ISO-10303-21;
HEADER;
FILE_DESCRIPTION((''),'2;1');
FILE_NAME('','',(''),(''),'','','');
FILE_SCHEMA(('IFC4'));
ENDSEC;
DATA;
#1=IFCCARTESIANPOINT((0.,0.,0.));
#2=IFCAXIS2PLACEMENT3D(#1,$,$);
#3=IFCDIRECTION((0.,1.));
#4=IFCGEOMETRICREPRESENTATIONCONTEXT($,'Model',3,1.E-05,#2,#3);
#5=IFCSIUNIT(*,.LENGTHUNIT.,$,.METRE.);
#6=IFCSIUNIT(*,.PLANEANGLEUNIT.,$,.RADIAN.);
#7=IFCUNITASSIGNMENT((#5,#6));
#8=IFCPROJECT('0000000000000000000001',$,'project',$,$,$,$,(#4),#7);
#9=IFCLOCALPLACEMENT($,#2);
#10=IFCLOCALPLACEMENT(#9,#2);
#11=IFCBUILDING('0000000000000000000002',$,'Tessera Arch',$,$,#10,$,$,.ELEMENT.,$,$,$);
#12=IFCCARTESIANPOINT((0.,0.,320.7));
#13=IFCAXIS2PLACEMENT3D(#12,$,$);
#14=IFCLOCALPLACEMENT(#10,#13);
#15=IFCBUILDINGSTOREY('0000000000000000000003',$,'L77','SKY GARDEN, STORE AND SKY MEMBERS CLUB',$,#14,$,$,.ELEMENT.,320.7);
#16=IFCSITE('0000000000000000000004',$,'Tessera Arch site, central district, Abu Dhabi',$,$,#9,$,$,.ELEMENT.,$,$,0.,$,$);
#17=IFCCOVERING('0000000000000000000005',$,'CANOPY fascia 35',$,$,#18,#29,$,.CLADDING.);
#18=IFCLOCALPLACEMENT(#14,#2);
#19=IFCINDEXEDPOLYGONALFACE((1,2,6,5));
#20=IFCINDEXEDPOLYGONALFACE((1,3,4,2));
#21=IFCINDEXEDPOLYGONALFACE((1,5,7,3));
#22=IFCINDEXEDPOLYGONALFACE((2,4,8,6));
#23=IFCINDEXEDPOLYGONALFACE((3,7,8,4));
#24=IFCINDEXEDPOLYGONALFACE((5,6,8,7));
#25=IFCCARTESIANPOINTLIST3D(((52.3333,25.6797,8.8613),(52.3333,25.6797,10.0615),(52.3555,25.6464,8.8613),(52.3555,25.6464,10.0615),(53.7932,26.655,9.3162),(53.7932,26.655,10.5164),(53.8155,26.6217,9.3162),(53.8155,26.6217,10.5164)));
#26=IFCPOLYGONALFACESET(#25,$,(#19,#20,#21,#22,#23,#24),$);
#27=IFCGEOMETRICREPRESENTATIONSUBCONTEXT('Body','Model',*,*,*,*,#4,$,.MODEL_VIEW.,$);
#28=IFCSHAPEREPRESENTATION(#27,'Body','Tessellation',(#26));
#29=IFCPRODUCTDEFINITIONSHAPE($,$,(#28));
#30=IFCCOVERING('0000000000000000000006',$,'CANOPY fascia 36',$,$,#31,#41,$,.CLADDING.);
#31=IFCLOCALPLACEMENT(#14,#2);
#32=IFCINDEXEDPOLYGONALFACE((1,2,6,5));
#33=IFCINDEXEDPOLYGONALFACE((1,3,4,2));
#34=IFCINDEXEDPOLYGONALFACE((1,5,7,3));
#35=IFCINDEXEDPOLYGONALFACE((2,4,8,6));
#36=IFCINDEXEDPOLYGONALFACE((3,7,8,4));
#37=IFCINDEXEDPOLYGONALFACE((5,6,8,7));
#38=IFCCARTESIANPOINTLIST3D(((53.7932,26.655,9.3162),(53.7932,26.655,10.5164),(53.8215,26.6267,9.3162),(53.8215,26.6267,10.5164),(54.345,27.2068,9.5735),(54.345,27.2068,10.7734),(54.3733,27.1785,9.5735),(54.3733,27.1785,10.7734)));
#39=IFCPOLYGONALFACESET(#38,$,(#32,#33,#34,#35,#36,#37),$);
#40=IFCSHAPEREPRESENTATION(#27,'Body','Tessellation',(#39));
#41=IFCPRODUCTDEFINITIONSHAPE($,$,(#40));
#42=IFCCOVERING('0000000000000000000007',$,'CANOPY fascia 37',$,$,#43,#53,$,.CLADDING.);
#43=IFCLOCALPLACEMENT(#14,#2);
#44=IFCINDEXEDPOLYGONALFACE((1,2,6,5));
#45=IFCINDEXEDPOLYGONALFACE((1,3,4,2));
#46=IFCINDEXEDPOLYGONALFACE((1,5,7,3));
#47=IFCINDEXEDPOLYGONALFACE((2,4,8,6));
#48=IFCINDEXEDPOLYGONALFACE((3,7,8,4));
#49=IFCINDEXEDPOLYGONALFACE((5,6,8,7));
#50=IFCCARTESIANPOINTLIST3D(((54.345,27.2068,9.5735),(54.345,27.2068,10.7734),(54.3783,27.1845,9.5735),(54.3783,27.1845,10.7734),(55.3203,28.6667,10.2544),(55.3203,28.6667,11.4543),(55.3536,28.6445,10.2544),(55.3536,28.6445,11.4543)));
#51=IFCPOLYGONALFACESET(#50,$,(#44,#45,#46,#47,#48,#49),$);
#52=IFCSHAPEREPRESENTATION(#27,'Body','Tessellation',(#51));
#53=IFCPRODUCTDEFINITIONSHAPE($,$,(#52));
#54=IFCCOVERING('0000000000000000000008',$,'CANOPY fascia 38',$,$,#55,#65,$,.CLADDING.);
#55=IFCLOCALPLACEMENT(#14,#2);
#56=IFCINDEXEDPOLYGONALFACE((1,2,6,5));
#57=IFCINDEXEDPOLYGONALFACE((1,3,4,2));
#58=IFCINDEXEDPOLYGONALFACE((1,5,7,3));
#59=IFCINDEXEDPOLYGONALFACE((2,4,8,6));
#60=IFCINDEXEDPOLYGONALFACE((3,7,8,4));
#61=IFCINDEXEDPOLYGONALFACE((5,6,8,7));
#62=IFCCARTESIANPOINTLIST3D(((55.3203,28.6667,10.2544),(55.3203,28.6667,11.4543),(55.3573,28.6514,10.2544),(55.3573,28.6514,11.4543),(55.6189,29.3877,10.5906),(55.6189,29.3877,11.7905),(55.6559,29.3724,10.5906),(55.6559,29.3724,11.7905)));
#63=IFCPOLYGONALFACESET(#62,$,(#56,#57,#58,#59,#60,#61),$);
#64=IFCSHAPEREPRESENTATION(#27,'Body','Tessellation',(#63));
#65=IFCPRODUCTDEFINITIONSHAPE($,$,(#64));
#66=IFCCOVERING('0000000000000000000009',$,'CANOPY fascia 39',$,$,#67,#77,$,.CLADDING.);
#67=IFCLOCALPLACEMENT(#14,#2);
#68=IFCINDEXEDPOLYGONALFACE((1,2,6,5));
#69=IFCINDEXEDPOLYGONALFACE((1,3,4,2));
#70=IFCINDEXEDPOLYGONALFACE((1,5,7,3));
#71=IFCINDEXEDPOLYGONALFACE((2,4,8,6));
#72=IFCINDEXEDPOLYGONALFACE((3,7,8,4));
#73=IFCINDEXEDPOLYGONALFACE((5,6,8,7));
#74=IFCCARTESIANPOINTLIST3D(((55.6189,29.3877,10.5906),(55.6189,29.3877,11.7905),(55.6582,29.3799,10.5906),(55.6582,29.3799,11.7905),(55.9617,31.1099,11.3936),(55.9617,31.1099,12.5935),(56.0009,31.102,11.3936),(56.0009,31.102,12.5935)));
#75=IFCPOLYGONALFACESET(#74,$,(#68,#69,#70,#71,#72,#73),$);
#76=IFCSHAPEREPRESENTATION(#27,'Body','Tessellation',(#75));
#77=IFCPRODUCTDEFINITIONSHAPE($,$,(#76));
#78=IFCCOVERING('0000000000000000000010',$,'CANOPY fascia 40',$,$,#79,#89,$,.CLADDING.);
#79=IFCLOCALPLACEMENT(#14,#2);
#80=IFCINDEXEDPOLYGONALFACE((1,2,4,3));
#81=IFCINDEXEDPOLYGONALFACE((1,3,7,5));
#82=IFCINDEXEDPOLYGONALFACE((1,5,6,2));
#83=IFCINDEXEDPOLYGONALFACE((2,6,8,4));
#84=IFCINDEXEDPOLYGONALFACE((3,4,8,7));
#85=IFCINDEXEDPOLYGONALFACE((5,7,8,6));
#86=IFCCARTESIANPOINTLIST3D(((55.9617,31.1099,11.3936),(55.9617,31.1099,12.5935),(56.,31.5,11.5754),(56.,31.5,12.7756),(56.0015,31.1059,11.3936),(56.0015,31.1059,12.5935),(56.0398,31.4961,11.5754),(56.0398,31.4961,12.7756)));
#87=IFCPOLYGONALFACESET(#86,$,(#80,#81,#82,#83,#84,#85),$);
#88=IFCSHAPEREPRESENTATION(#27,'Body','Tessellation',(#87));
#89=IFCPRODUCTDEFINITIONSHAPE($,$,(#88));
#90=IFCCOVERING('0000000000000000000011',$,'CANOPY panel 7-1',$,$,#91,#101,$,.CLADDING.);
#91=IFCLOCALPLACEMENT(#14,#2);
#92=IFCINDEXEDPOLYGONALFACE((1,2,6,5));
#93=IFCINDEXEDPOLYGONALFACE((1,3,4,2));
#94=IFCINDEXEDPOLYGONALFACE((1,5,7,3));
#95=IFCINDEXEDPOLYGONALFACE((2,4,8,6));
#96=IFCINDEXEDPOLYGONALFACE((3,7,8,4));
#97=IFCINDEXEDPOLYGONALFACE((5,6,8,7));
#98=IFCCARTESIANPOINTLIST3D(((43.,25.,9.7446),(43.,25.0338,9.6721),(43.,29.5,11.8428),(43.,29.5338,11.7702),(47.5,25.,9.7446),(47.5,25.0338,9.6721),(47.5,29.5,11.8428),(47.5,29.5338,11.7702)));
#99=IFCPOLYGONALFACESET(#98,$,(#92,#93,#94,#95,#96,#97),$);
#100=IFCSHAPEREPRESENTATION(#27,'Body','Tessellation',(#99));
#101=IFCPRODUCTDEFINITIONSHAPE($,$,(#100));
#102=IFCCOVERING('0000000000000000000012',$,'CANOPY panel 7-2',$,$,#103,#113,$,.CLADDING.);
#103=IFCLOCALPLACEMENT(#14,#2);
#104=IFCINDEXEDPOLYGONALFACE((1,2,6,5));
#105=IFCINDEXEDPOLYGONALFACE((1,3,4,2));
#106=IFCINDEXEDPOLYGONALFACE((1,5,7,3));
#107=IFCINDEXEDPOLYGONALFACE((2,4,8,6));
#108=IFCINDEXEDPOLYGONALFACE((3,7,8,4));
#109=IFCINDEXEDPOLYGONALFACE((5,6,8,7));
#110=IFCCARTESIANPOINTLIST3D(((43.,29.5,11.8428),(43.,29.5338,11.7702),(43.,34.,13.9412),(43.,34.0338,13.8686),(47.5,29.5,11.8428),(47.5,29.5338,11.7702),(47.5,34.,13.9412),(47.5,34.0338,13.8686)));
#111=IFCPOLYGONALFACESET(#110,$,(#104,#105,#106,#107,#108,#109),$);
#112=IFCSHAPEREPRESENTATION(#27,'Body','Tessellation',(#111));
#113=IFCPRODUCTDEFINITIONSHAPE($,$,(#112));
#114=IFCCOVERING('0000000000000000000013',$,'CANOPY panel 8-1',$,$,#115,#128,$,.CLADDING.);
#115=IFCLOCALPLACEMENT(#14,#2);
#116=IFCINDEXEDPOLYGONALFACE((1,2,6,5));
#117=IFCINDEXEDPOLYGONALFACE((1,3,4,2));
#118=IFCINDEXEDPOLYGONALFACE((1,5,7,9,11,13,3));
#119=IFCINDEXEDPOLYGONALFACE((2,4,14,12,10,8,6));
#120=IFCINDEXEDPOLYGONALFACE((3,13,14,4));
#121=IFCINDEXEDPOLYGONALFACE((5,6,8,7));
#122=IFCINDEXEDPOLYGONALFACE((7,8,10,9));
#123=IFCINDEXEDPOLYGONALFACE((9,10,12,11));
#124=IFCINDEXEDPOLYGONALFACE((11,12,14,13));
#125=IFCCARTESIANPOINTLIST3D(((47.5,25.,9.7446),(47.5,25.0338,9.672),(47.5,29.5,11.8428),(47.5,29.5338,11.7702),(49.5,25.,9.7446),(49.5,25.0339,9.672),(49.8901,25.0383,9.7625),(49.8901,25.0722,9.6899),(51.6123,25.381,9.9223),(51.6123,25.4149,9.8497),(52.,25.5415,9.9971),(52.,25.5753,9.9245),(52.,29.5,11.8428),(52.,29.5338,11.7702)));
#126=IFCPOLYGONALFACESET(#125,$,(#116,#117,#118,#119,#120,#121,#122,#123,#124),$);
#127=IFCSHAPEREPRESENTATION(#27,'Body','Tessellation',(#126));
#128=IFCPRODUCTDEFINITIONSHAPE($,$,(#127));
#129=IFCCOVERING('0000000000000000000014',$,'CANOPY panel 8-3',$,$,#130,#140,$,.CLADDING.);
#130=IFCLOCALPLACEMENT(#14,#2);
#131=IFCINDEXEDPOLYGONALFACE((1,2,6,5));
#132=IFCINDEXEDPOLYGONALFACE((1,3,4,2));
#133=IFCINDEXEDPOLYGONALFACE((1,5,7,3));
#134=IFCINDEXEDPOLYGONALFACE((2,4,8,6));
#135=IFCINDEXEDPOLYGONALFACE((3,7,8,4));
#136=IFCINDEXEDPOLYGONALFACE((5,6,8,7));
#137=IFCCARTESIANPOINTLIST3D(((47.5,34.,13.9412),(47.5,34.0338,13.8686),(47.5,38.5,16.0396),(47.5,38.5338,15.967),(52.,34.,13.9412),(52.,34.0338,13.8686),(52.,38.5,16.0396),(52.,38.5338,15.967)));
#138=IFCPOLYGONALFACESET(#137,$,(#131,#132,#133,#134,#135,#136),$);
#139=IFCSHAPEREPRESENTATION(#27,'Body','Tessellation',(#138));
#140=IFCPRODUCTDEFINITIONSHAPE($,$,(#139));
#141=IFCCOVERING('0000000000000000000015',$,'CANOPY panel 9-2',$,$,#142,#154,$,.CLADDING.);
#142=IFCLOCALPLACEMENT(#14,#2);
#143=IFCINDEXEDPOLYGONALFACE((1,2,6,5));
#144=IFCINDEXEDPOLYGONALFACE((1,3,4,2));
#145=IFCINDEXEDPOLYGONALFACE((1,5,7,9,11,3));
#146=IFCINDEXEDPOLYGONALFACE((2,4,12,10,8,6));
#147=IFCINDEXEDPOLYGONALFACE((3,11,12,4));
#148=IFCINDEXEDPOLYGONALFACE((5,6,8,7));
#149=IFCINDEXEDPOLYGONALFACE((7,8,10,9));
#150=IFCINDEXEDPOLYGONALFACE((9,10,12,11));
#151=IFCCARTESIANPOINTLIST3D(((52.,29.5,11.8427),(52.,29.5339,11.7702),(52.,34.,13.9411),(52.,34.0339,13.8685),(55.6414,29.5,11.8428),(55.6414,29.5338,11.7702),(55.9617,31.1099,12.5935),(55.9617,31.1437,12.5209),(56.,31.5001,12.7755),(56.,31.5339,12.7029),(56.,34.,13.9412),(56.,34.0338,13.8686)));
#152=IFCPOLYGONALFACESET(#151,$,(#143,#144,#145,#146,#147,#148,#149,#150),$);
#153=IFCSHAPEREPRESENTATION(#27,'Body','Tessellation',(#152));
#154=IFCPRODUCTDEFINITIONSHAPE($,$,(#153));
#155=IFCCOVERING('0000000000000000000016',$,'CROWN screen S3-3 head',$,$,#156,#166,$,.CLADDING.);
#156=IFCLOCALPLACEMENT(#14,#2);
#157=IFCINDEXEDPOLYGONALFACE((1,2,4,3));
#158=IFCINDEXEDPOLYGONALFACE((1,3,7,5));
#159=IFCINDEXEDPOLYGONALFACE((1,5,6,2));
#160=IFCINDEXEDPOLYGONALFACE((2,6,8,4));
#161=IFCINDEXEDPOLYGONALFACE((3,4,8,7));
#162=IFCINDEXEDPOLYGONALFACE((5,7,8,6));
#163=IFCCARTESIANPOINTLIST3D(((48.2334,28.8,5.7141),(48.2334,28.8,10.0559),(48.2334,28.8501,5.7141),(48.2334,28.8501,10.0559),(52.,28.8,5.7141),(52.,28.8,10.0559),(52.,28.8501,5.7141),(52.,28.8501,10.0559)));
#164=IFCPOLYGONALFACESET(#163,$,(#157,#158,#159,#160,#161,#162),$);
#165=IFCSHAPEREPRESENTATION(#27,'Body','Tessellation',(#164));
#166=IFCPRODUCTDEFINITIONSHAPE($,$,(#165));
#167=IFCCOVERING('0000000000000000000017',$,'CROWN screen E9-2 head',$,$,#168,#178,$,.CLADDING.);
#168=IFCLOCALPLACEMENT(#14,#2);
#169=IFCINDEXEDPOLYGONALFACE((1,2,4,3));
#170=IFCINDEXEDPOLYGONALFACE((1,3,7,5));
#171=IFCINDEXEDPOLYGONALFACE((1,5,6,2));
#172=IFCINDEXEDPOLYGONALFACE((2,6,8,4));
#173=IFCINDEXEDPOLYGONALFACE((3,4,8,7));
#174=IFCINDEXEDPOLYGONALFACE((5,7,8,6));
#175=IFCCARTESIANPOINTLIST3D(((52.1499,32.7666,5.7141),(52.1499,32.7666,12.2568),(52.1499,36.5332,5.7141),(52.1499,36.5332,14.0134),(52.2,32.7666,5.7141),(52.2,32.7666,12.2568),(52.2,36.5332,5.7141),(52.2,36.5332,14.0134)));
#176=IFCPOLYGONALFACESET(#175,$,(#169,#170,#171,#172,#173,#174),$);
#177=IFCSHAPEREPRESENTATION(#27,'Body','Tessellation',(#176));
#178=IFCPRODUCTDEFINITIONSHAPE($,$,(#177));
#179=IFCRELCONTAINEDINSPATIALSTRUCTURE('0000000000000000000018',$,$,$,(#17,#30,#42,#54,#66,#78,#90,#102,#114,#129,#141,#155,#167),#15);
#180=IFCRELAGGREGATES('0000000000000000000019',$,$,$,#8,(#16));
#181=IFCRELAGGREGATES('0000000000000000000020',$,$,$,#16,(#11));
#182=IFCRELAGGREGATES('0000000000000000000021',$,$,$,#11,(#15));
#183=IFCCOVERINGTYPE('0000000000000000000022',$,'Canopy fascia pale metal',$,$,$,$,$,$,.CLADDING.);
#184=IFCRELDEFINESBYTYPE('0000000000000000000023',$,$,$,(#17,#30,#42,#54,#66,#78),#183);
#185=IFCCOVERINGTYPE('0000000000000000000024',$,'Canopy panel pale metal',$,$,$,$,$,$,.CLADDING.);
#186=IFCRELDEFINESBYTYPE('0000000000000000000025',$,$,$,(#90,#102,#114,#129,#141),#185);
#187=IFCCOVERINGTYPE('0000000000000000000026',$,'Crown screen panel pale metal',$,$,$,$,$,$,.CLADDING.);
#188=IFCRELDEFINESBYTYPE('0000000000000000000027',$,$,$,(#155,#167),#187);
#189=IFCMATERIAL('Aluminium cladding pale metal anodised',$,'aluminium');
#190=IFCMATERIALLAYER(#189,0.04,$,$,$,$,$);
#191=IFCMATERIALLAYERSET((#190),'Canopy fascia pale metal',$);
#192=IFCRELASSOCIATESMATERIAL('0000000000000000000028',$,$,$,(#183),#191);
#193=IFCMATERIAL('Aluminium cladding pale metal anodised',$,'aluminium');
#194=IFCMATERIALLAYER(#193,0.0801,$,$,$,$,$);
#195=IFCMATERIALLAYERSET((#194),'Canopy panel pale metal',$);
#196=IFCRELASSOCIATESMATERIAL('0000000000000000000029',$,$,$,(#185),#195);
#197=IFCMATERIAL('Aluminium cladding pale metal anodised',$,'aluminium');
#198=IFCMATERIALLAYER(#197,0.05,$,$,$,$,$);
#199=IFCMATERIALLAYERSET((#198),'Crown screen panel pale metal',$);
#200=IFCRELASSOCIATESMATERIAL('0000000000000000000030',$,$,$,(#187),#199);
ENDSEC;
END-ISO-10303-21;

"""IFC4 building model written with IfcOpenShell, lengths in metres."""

from ifc_helpers import new_model, si_unit, direction, frame, origin, place, context, subcontext, project, spatial, polyline, outline, extrude, material, layer, layer_set, type_object, element, save


model = new_model("IFC4")

# Units and contexts
model_context = context("Model", 3, precision=1e-05, world=origin(), true_north=direction((0.0, 1.0)))
body_context = subcontext(model_context, "Body", "Model", "MODEL_VIEW")
ifc_project = project(units=[si_unit("LENGTHUNIT", "METRE"), si_unit("PLANEANGLEUNIT", "RADIAN")], contexts=[model_context])

# Site, building, storey
site_placement = place(None, origin())
site = spatial("IfcSite", under=ifc_project, at=site_placement, Name="Tessera Arch site, central district, Abu Dhabi", CompositionType="ELEMENT", RefElevation=0.0)
building_placement = place(site_placement, origin())
building = spatial("IfcBuilding", under=site, at=building_placement, Name="Tessera Arch", CompositionType="ELEMENT")
storey_placement = place(building_placement, frame((0.0, 0.0, 320.7)))
storey = spatial("IfcBuildingStorey", under=building, at=storey_placement, Name="L77", Description="SKY GARDEN, STORE AND SKY MEMBERS CLUB", CompositionType="ELEMENT", Elevation=320.7)

# Coverings
ifc_material_1 = material(Name="Aluminium cladding pale metal anodised", Category="aluminium")
ifc_layer_1 = layer(ifc_material_1, 0.04)
ifc_layer_set_1 = layer_set([ifc_layer_1], Name="Canopy fascia pale metal")
covering_type_1 = type_object("IfcCoveringType", Name="Canopy fascia pale metal", PredefinedType="CLADDING", material=ifc_layer_set_1)
covering_1_placement = place(storey_placement, frame((52.3333, 25.6797, 10.0615), z_axis=(-0.555502, 0.831515, 0.0), x_axis=(0.804945, 0.537752, 0.250771)))
element("IfcCovering", 1, at=covering_1_placement, inside=storey, type_object=covering_type_1, Name="CANOPY fascia 35", PredefinedType="CLADDING", context=body_context, shape_type="SweptSolid", body=[
    extrude(outline(polyline([(0.0, 0.0), (1.8137, 0.0), (1.5128, 1.1618), (-0.301, 1.1618), (0.0, 0.0)])), origin(), (0.0, 0.0, -1.0), 0.04),
])
covering_2_placement = place(storey_placement, frame((53.7932, 26.655, 10.5164), z_axis=(-0.707107, 0.707107, 0.0), x_axis=(0.671596, 0.671596, 0.312916)))
element("IfcCovering", 2, at=covering_2_placement, inside=storey, type_object=covering_type_1, Name="CANOPY fascia 36", PredefinedType="CLADDING", context=body_context, shape_type="SweptSolid", body=[
    extrude(outline(polyline([(0.0, 0.0), (0.8216, 0.0), (0.4461, 1.1397), (-0.3756, 1.1399), (0.0, 0.0)])), origin(), (0.0, 0.0, -1.0), 0.04),
])
covering_3_placement = place(storey_placement, frame((54.345, 27.2068, 10.7734), z_axis=(-0.831515, 0.555502, 0.0), x_axis=(0.517919, 0.775259, 0.361571)))
element("IfcCovering", 3, at=covering_3_placement, inside=storey, type_object=covering_type_1, Name="CANOPY fascia 37", PredefinedType="CLADDING", context=body_context, shape_type="SweptSolid", body=[
    extrude(outline(polyline([(0.0, 0.0), (1.8832, 0.0), (1.4493, 1.1188), (-0.4339, 1.1188), (0.0, 0.0)])), origin(), (0.0, 0.0, -1.0), 0.04),
])
covering_4_placement = place(storey_placement, frame((55.3203, 28.6667, 11.4543), z_axis=(-0.923899, 0.382637, 0.0), x_axis=(0.351413, 0.848505, 0.395662)))
element("IfcCovering", 4, at=covering_4_placement, inside=storey, type_object=covering_type_1, Name="CANOPY fascia 38", PredefinedType="CLADDING", context=body_context, shape_type="SweptSolid", body=[
    extrude(outline(polyline([(0.0, 0.0), (0.8497, 0.0), (0.3749, 1.102), (-0.4748, 1.102), (0.0, 0.0)])), origin(), (0.0, 0.0, -1.0), 0.04),
])
covering_5_placement = place(storey_placement, frame((55.6189, 29.3877, 11.7905), z_axis=(-0.980762, 0.195207, 0.0), x_axis=(0.177526, 0.891928, 0.415871)))
element("IfcCovering", 5, at=covering_5_placement, inside=storey, type_object=covering_type_1, Name="CANOPY fascia 39", PredefinedType="CLADDING", context=body_context, shape_type="SweptSolid", body=[
    extrude(outline(polyline([(0.0, 0.0), (1.9308, 0.0), (1.4318, 1.0913), (-0.499, 1.0913), (0.0, 0.0)])), origin(), (0.0, 0.0, -1.0), 0.04),
])
covering_6_placement = place(storey_placement, frame((55.9617, 31.1099, 12.5935), z_axis=(-0.995208, 0.097777, 0.0), x_axis=(0.088674, 0.902556, 0.421343)))
element("IfcCovering", 6, at=covering_6_placement, inside=storey, type_object=covering_type_1, Name="CANOPY fascia 40", PredefinedType="CLADDING", context=body_context, shape_type="SweptSolid", body=[
    extrude(outline(polyline([(0.0, 0.0), (0.4323, 0.0), (-0.0734, 1.0885), (-0.5056, 1.0882), (0.0, 0.0)])), origin(), (0.0, 0.0, -1.0), 0.04),
])
ifc_material_2 = material(Name="Aluminium cladding pale metal anodised", Category="aluminium")
ifc_layer_2 = layer(ifc_material_2, 0.0801)
ifc_layer_set_2 = layer_set([ifc_layer_2], Name="Canopy panel pale metal")
covering_type_2 = type_object("IfcCoveringType", Name="Canopy panel pale metal", PredefinedType="CLADDING", material=ifc_layer_set_2)
covering_7_placement = place(storey_placement, frame((47.5, 25.0, 9.7446), z_axis=(0.0, -0.422579, 0.906326), x_axis=(0.0, 0.906326, 0.422579)))
element("IfcCovering", 7, at=covering_7_placement, inside=storey, type_object=covering_type_2, Name="CANOPY panel 7-1", PredefinedType="CLADDING", context=body_context, shape_type="SweptSolid", body=[
    extrude(outline(polyline([(0.0, 0.0), (4.9651, 0.0), (4.9651, 4.5), (0.0, 4.5), (0.0, 0.0)])), origin(), (0.0, 0.0, -1.0), 0.0801),
])
covering_8_placement = place(storey_placement, frame((47.5, 29.5, 11.8428), z_axis=(0.0, -0.422619, 0.906307), x_axis=(0.0, 0.906307, 0.422619)))
element("IfcCovering", 8, at=covering_8_placement, inside=storey, type_object=covering_type_2, Name="CANOPY panel 7-2", PredefinedType="CLADDING", context=body_context, shape_type="SweptSolid", body=[
    extrude(outline(polyline([(0.0, 0.0), (4.9652, 0.0), (4.9652, 4.5), (0.0, 4.5), (0.0, 0.0)])), origin(), (0.0, 0.0, -1.0), 0.0801),
])
covering_9_placement = place(storey_placement, frame((52.0, 25.5415, 9.9971), z_axis=(0.000006, -0.422589, 0.906322), x_axis=(0.0, 0.906322, 0.422589)))
element("IfcCovering", 9, at=covering_9_placement, inside=storey, type_object=covering_type_2, Name="CANOPY panel 8-1", PredefinedType="CLADDING", context=body_context, shape_type="SweptSolid", body=[
    extrude(outline(polyline([(0.0, 0.0), (4.3676, 0.0), (4.3676, 4.5), (-0.5975, 4.5), (-0.5975, 2.5), (-0.5552, 2.1099), (-0.177, 0.3877), (0.0, 0.0)])), origin(), (0.0, 0.0, -1.0), 0.0801),
])
covering_10_placement = place(storey_placement, frame((52.0, 34.0, 13.9412), z_axis=(0.0, -0.422619, 0.906307), x_axis=(0.0, 0.906307, 0.422619)))
element("IfcCovering", 10, at=covering_10_placement, inside=storey, type_object=covering_type_2, Name="CANOPY panel 8-3", PredefinedType="CLADDING", context=body_context, shape_type="SweptSolid", body=[
    extrude(outline(polyline([(0.0, 0.0), (4.9652, 0.0), (4.9652, 4.5), (0.0, 4.5), (0.0, 0.0)])), origin(), (0.0, 0.0, -1.0), 0.0801),
])
covering_11_placement = place(storey_placement, frame((55.9617, 31.1099, 12.5935), z_axis=(-0.00002, -0.422618, 0.906308), x_axis=(0.088674, 0.902737, 0.420955)))
element("IfcCovering", 11, at=covering_11_placement, inside=storey, type_object=covering_type_2, Name="CANOPY panel 9-2", PredefinedType="CLADDING", context=body_context, shape_type="SweptSolid", body=[
    extrude(outline(polyline([(0.0, 0.0), (0.4323, 0.0), (3.1797, 0.2446), (2.825, 4.2288), (-2.1206, 3.7886), (-1.7977, 0.1615), (0.0, 0.0)])), origin(), (0.0, 0.0, -1.0), 0.0801),
])
ifc_material_3 = material(Name="Aluminium cladding pale metal anodised", Category="aluminium")
ifc_layer_3 = layer(ifc_material_3, 0.05)
ifc_layer_set_3 = layer_set([ifc_layer_3], Name="Crown screen panel pale metal")
covering_type_3 = type_object("IfcCoveringType", Name="Crown screen panel pale metal", PredefinedType="CLADDING", material=ifc_layer_set_3)
covering_12_placement = place(storey_placement, frame((48.2334, 28.8, 5.7141), z_axis=(0.0, -1.0, 0.0), x_axis=(1.0, 0.0, 0.0)))
element("IfcCovering", 12, at=covering_12_placement, inside=storey, type_object=covering_type_3, Name="CROWN screen S3-3 head", PredefinedType="CLADDING", context=body_context, shape_type="SweptSolid", body=[
    extrude(outline(polyline([(0.0, 0.0), (3.7666, 0.0), (3.7666, 4.3418), (0.0, 4.3418), (0.0, 0.0)])), origin(), (0.0, 0.0, -1.0), 0.05),
])
covering_13_placement = place(storey_placement, frame((52.2, 32.7666, 5.7141), z_axis=(1.0, 0.0, 0.0), x_axis=(0.0, 1.0, 0.0)))
element("IfcCovering", 13, at=covering_13_placement, inside=storey, type_object=covering_type_3, Name="CROWN screen E9-2 head", PredefinedType="CLADDING", context=body_context, shape_type="SweptSolid", body=[
    extrude(outline(polyline([(0.0, 0.0), (3.7666, 0.0), (3.7666, 8.2993), (0.0, 6.5427), (0.0, 0.0)])), origin(), (0.0, 0.0, -1.0), 0.05),
])

save(model, "model.ifc")
